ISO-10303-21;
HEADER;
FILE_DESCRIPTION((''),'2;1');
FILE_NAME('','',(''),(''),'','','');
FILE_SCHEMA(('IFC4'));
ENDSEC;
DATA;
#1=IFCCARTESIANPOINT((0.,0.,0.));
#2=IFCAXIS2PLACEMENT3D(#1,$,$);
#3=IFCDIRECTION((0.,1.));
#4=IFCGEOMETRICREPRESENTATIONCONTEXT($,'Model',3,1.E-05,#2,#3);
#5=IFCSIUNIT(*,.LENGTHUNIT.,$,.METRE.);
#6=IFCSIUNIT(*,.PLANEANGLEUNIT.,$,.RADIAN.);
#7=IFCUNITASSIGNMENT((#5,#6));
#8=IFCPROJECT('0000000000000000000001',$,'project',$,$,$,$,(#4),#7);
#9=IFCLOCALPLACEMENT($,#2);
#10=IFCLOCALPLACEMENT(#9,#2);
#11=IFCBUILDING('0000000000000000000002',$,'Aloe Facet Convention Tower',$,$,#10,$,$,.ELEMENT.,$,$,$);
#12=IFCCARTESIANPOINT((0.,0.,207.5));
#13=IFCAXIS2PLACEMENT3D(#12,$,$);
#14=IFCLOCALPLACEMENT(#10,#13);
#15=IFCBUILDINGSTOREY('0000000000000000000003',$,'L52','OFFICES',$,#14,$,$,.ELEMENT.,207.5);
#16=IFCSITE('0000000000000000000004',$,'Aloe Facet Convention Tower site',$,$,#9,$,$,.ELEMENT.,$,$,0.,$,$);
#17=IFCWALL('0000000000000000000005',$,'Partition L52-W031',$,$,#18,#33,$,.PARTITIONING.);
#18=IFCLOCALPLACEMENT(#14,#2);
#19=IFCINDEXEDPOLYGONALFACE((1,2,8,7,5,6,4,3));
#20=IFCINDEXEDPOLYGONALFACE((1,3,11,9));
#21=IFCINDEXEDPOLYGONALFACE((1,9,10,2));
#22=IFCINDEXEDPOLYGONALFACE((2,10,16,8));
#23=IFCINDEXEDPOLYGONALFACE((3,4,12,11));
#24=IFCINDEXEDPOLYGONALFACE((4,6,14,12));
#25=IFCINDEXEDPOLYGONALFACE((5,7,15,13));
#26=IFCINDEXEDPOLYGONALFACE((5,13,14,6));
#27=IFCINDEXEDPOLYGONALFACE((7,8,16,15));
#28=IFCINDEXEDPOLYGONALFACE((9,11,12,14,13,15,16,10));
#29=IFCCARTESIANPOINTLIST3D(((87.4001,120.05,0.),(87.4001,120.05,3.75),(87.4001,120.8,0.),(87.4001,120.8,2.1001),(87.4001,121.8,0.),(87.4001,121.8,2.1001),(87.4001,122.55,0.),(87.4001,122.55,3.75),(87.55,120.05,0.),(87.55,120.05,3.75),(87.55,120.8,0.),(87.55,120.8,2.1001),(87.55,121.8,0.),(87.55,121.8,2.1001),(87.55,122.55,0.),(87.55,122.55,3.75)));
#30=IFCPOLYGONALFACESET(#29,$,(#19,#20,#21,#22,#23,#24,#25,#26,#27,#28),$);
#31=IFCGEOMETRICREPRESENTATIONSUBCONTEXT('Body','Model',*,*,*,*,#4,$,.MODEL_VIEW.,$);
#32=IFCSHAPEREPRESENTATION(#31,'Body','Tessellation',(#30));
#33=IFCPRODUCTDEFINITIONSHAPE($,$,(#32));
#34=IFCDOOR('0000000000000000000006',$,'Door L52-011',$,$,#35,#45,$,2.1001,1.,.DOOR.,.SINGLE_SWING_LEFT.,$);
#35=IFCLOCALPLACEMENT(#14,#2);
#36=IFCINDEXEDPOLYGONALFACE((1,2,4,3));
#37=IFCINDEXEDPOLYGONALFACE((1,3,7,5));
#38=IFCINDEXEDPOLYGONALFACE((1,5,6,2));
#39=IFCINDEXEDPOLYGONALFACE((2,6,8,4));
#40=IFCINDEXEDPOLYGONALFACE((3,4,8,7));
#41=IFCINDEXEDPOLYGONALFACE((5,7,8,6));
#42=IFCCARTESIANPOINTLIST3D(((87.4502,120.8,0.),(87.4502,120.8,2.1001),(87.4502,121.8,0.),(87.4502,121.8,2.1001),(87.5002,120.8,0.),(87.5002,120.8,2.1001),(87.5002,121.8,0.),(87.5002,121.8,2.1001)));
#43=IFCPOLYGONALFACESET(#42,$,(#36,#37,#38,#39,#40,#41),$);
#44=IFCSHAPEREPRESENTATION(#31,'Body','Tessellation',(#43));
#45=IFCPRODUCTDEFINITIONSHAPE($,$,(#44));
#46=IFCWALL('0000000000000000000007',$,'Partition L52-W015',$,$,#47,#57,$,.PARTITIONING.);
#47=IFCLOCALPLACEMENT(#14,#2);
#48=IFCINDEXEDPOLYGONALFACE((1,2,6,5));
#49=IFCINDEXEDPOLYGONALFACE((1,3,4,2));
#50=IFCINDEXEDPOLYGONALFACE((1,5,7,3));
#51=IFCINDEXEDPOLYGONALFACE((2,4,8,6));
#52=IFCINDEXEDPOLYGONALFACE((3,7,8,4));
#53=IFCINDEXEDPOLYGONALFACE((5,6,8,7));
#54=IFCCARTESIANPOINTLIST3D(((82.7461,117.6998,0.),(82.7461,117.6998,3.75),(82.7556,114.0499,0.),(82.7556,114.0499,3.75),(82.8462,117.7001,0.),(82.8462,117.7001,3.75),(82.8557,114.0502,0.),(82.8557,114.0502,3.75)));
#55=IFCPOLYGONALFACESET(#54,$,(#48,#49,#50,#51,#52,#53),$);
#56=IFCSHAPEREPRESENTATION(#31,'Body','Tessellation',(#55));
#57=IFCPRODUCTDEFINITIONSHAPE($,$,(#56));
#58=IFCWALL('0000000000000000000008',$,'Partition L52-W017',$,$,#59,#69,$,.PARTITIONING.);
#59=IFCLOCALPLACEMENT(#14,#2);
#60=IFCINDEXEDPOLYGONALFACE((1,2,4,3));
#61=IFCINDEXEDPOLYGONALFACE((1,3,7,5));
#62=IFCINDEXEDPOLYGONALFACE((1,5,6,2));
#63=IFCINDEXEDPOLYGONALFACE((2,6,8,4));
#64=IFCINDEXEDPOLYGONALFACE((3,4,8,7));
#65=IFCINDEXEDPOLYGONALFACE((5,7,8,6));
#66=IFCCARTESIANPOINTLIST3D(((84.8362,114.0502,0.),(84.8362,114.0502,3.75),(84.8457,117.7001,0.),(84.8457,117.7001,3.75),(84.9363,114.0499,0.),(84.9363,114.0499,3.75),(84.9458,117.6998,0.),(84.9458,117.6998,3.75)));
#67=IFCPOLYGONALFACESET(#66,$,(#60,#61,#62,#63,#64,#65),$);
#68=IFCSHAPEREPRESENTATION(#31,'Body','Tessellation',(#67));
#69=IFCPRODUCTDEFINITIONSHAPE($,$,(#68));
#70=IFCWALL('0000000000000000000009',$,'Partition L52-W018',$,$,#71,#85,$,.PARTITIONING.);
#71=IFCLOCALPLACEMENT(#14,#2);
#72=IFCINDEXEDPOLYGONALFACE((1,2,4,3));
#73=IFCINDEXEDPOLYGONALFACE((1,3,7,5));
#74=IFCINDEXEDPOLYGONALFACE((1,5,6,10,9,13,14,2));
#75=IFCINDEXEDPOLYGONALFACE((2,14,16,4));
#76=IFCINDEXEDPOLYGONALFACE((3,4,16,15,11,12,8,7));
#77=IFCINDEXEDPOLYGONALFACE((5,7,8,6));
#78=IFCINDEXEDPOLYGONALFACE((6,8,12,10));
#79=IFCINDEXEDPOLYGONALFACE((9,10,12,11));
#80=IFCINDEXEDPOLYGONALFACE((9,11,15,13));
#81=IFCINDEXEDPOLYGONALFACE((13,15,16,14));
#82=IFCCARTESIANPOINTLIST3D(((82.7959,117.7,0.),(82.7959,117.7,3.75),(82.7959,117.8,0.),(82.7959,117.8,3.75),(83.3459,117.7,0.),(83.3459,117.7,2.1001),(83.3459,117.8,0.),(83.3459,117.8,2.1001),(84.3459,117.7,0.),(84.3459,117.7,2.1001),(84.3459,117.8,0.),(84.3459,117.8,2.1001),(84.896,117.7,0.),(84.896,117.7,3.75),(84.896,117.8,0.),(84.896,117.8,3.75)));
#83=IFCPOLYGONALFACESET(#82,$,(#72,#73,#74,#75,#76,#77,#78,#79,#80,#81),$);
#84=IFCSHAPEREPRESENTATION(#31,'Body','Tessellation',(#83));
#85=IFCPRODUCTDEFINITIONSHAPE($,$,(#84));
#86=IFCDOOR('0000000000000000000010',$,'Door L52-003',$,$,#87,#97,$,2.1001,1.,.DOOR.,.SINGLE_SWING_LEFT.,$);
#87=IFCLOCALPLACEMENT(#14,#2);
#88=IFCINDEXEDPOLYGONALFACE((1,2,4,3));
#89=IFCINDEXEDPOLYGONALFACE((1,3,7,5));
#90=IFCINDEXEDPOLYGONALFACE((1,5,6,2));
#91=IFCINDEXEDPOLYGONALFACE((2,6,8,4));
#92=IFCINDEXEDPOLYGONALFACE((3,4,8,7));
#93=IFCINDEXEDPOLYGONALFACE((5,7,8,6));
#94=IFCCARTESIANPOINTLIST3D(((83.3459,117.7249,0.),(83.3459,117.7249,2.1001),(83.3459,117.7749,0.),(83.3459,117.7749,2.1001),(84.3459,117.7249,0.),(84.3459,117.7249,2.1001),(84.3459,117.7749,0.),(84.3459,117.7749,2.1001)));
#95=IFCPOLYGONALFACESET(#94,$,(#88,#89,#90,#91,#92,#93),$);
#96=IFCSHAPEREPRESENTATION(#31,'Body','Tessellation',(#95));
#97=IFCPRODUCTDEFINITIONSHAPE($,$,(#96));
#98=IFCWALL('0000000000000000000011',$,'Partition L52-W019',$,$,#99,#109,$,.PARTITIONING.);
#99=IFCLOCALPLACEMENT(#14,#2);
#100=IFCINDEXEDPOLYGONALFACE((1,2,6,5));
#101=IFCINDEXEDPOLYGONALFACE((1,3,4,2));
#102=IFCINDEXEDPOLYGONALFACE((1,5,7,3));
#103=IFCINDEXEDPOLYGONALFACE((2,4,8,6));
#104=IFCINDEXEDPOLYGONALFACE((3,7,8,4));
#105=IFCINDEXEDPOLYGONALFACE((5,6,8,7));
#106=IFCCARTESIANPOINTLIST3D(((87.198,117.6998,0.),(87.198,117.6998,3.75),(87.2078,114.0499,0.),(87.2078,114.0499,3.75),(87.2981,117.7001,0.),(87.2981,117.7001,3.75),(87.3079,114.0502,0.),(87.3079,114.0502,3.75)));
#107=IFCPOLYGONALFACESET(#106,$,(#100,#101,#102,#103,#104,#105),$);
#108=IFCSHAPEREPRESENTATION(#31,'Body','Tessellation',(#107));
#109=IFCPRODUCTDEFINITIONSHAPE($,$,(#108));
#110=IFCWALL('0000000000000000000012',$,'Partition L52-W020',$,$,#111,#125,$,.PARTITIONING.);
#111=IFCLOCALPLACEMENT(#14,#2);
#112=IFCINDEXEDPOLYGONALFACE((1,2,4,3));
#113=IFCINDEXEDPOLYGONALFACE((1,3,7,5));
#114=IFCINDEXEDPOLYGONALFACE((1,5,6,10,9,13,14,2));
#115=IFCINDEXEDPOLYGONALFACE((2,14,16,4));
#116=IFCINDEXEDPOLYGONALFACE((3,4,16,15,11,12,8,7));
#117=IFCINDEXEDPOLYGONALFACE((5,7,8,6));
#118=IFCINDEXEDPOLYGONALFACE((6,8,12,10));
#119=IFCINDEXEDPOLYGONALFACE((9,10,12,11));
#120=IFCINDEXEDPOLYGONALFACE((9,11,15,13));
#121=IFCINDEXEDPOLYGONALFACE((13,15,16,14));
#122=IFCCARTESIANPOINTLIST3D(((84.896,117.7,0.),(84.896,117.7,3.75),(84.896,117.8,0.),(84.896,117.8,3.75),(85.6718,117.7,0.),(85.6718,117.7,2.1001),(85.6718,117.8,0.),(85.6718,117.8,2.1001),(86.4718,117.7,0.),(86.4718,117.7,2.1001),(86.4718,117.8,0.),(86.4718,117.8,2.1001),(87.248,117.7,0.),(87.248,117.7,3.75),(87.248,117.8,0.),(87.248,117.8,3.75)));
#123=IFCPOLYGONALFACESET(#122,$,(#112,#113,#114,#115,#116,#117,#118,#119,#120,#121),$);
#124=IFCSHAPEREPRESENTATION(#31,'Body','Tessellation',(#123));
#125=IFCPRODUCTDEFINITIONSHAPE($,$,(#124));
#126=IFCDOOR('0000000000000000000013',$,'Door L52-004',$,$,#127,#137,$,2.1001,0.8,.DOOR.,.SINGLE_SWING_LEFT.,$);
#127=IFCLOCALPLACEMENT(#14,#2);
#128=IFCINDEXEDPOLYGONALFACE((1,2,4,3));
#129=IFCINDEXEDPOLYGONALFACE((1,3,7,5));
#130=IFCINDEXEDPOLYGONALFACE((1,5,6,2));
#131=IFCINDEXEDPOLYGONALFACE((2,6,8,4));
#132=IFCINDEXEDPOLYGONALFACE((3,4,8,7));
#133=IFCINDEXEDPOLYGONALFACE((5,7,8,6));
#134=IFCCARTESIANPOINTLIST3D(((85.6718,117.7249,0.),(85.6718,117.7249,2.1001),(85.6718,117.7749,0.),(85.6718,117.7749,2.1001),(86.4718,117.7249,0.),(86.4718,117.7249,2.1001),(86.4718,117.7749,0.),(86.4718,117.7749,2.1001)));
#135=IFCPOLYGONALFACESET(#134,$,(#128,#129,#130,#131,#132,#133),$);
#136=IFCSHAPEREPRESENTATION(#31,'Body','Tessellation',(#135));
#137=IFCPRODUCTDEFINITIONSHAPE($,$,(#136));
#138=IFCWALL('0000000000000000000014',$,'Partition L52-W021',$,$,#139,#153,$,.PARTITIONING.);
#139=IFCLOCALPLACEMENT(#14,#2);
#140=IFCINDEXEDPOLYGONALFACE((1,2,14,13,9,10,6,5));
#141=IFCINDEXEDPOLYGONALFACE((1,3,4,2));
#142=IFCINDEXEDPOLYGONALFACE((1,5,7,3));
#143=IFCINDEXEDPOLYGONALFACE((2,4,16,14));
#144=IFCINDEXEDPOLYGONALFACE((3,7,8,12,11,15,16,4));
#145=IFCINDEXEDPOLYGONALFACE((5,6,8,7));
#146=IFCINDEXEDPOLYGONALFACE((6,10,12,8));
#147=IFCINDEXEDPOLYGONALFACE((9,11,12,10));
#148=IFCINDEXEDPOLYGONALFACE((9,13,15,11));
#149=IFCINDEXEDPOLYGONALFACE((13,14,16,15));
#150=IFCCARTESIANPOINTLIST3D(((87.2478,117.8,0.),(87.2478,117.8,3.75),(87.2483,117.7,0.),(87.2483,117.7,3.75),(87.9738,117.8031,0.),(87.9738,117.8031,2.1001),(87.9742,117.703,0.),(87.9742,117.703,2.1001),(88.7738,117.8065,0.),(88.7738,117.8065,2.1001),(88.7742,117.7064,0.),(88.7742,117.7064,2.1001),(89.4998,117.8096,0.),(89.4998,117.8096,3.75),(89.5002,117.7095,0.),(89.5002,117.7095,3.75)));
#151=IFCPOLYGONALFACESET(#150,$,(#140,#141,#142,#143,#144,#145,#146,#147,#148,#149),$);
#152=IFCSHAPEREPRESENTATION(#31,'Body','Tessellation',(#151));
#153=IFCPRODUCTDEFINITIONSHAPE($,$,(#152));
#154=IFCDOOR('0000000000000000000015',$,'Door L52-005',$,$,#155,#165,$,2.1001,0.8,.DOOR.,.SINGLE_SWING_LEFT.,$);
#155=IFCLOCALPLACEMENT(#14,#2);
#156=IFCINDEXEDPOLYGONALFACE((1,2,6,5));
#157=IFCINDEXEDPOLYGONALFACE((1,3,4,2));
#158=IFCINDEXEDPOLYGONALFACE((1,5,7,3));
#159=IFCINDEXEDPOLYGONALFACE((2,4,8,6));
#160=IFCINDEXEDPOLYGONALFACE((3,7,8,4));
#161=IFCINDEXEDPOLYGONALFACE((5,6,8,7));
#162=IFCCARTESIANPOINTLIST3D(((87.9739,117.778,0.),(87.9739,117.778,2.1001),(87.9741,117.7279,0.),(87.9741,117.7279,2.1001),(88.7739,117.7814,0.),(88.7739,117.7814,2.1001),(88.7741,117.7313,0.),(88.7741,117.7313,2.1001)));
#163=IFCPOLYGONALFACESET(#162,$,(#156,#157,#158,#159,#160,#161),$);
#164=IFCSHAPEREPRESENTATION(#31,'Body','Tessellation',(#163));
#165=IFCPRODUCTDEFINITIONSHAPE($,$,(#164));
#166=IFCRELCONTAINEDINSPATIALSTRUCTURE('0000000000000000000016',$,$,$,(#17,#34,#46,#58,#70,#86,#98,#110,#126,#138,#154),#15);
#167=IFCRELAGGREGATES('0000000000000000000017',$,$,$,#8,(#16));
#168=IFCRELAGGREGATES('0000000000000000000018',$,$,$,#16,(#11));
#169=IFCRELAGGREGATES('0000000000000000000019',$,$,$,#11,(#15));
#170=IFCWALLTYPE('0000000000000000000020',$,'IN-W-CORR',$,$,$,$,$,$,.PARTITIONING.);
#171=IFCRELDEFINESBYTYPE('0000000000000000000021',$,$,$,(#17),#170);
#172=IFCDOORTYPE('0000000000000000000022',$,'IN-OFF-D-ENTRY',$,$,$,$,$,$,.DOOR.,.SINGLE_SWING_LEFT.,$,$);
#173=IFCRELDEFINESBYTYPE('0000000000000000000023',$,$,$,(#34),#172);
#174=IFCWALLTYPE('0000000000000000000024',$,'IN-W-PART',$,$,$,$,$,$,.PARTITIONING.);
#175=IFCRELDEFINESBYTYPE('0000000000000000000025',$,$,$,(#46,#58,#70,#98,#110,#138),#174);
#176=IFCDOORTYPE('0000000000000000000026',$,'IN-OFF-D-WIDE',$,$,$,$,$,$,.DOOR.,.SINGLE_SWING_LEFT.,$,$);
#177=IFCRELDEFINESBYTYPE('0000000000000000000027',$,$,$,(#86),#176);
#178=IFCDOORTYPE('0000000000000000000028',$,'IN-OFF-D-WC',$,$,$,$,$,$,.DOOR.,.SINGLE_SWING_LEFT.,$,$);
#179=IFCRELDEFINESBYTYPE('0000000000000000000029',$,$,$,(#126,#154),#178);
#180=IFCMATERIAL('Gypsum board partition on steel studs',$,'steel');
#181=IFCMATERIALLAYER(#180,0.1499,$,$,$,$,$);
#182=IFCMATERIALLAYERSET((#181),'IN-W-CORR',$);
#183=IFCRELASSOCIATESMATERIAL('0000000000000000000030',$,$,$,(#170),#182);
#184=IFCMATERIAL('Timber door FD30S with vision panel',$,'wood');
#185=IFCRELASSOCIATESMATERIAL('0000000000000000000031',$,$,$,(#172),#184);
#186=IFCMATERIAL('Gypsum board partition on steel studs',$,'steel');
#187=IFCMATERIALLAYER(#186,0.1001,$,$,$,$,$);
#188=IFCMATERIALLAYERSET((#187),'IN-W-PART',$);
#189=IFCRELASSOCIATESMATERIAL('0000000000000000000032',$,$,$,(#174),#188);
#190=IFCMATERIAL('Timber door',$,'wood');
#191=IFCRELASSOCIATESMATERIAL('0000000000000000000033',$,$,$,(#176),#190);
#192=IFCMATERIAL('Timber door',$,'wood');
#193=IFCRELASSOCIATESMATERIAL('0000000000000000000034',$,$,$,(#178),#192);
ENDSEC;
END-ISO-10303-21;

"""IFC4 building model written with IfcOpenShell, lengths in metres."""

from ifc_helpers import new_model, si_unit, direction, frame, frame_2d, origin, place, context, subcontext, project, spatial, rectangle, extrude, material, layer, layer_set, type_object, element, fill, save


model = new_model("IFC4")

# Units and contexts
model_context = context("Model", 3, precision=1e-05, world=origin(), true_north=direction((0.0, 1.0)))
body_context = subcontext(model_context, "Body", "Model", "MODEL_VIEW")
ifc_project = project(units=[si_unit("LENGTHUNIT", "METRE"), si_unit("PLANEANGLEUNIT", "RADIAN")], contexts=[model_context])

# Site, building, storey
site_placement = place(None, origin())
site = spatial("IfcSite", under=ifc_project, at=site_placement, Name="Aloe Facet Convention Tower site", CompositionType="ELEMENT", RefElevation=0.0)
building_placement = place(site_placement, origin())
building = spatial("IfcBuilding", under=site, at=building_placement, Name="Aloe Facet Convention Tower", CompositionType="ELEMENT")
storey_placement = place(building_placement, frame((0.0, 0.0, 207.5)))
storey = spatial("IfcBuildingStorey", under=building, at=storey_placement, Name="L52", Description="OFFICES", CompositionType="ELEMENT", Elevation=207.5)

# Wall, opening, door
ifc_material_1 = material(Name="Gypsum board partition on steel studs", Category="steel")
ifc_layer_1 = layer(ifc_material_1, 0.1499)
ifc_layer_set_1 = layer_set([ifc_layer_1], Name="IN-W-CORR")
wall_type_1 = type_object("IfcWallType", Name="IN-W-CORR", PredefinedType="PARTITIONING", material=ifc_layer_set_1)
ifc_material_2 = material(Name="Timber door FD30S with vision panel", Category="wood")
door_type_1 = type_object("IfcDoorType", Name="IN-OFF-D-ENTRY", OperationType="SINGLE_SWING_LEFT", PredefinedType="DOOR", material=ifc_material_2)
wall_1_placement = place(storey_placement, frame((87.4751, 120.05, 0.0), z_axis=(0.0, 0.0, 1.0), x_axis=(0.0, 1.0, 0.0)))
wall_1 = element("IfcWall", 1, at=wall_1_placement, inside=storey, type_object=wall_type_1, Name="Partition L52-W031", PredefinedType="PARTITIONING", context=body_context, shape_type="SweptSolid", body=[
    extrude(rectangle(XDim=2.5, YDim=0.1499, at=frame_2d((1.25, 0.0))), origin(), (0.0, 0.0, 1.0), 3.75),
])
opening_1_placement = place(wall_1_placement, frame((0.75, 0.0, 0.0)))
opening_1 = element("IfcOpeningElement", 2, at=opening_1_placement, cuts=wall_1, PredefinedType="OPENING", context=body_context, shape_type="SweptSolid", body=[
    extrude(rectangle(XDim=1.0, YDim=2.1001, at=frame_2d((0.5, 1.05))), frame((0.0, 0.085, 0.0), z_axis=(0.0, -1.0, 0.0), x_axis=(1.0, 0.0, 0.0)), (0.0, 0.0, 1.0), 0.1699),
])
door_1_placement = place(opening_1_placement, origin())
door_1 = element("IfcDoor", 3, at=door_1_placement, inside=storey, type_object=door_type_1, Name="Door L52-011", OperationType="SINGLE_SWING_LEFT", OverallHeight=2.1001, OverallWidth=1.0, PredefinedType="DOOR", context=body_context, shape_type="SweptSolid", body=[
    extrude(rectangle(XDim=1.0, YDim=2.1001, at=frame_2d((0.5, 1.05))), frame((0.0, 0.0249, 0.0), z_axis=(0.0, -1.0, 0.0), x_axis=(1.0, 0.0, 0.0)), (0.0, 0.0, 1.0), 0.05),
])
fill(opening_1, door_1)

# Walls
ifc_material_3 = material(Name="Gypsum board partition on steel studs", Category="steel")
ifc_layer_2 = layer(ifc_material_3, 0.1001)
ifc_layer_set_2 = layer_set([ifc_layer_2], Name="IN-W-PART")
wall_type_2 = type_object("IfcWallType", Name="IN-W-PART", PredefinedType="PARTITIONING", material=ifc_layer_set_2)
for number, where, z_axis, x_axis, name in (
    (4, (82.8057, 114.05, 0.0), (0.0, 0.0, 1.0), (-0.002609, 0.999997, 0.0), "Partition L52-W015"),
    (5, (84.8862, 114.05, 0.0), (0.0, 0.0, 1.0), (0.002609, 0.999997, 0.0), "Partition L52-W017"),
):
    element("IfcWall", number, at=place(storey_placement, frame(where, z_axis=z_axis, x_axis=x_axis)), inside=storey, type_object=wall_type_2, Name=name, PredefinedType="PARTITIONING", context=body_context, shape_type="SweptSolid", body=[
        extrude(rectangle(XDim=3.6499, YDim=0.1001, at=frame_2d((1.825, 0.0))), origin(), (0.0, 0.0, 1.0), 3.75),
    ])

# Wall, opening, door
wall_2_placement = place(storey_placement, frame((82.7959, 117.75, 0.0), z_axis=(0.0, 0.0, 1.0), x_axis=(1.0, 0.0, 0.0)))
wall_2 = element("IfcWall", 6, at=wall_2_placement, inside=storey, type_object=wall_type_2, Name="Partition L52-W018", PredefinedType="PARTITIONING", context=body_context, shape_type="SweptSolid", body=[
    extrude(rectangle(XDim=2.1001, YDim=0.1001, at=frame_2d((1.05, 0.0))), origin(), (0.0, 0.0, 1.0), 3.75),
])
opening_2_placement = place(wall_2_placement, frame((0.55, 0.0, 0.0)))
opening_2 = element("IfcOpeningElement", 7, at=opening_2_placement, cuts=wall_2, PredefinedType="OPENING", context=body_context, shape_type="SweptSolid", body=[
    extrude(rectangle(XDim=1.0, YDim=2.1001, at=frame_2d((0.5, 1.05))), frame((0.0, 0.0601, 0.0), z_axis=(0.0, -1.0, 0.0), x_axis=(1.0, 0.0, 0.0)), (0.0, 0.0, 1.0), 0.1201),
])
ifc_material_4 = material(Name="Timber door", Category="wood")
door_type_2 = type_object("IfcDoorType", Name="IN-OFF-D-WIDE", OperationType="SINGLE_SWING_LEFT", PredefinedType="DOOR", material=ifc_material_4)
door_2_placement = place(opening_2_placement, origin())
door_2 = element("IfcDoor", 8, at=door_2_placement, inside=storey, type_object=door_type_2, Name="Door L52-003", OperationType="SINGLE_SWING_LEFT", OverallHeight=2.1001, OverallWidth=1.0, PredefinedType="DOOR", context=body_context, shape_type="SweptSolid", body=[
    extrude(rectangle(XDim=1.0, YDim=2.1001, at=frame_2d((0.5, 1.05))), frame((0.0, 0.0249, 0.0), z_axis=(0.0, -1.0, 0.0), x_axis=(1.0, 0.0, 0.0)), (0.0, 0.0, 1.0), 0.05),
])
fill(opening_2, door_2)

# Wall
wall_3_placement = place(storey_placement, frame((87.2578, 114.05, 0.0), z_axis=(0.0, 0.0, 1.0), x_axis=(-0.002676, 0.999996, 0.0)))
element("IfcWall", 9, at=wall_3_placement, inside=storey, type_object=wall_type_2, Name="Partition L52-W019", PredefinedType="PARTITIONING", context=body_context, shape_type="SweptSolid", body=[
    extrude(rectangle(XDim=3.6499, YDim=0.1001, at=frame_2d((1.825, 0.0))), origin(), (0.0, 0.0, 1.0), 3.75),
])

# Walls, openings, doors
wall_4_placement = place(storey_placement, frame((84.896, 117.75, 0.0), z_axis=(0.0, 0.0, 1.0), x_axis=(1.0, 0.0, 0.0)))
wall_4 = element("IfcWall", 10, at=wall_4_placement, inside=storey, type_object=wall_type_2, Name="Partition L52-W020", PredefinedType="PARTITIONING", context=body_context, shape_type="SweptSolid", body=[
    extrude(rectangle(XDim=2.3521, YDim=0.1001, at=frame_2d((1.176, 0.0))), origin(), (0.0, 0.0, 1.0), 3.75),
])
opening_3_placement = place(wall_4_placement, frame((0.7759, 0.0, 0.0)))
opening_3 = element("IfcOpeningElement", 11, at=opening_3_placement, cuts=wall_4, PredefinedType="OPENING", context=body_context, shape_type="SweptSolid", body=[
    extrude(rectangle(XDim=0.8, YDim=2.1001, at=frame_2d((0.3999, 1.05))), frame((0.0, 0.0601, 0.0), z_axis=(0.0, -1.0, 0.0), x_axis=(1.0, 0.0, 0.0)), (0.0, 0.0, 1.0), 0.1201),
])
ifc_material_5 = material(Name="Timber door", Category="wood")
door_type_3 = type_object("IfcDoorType", Name="IN-OFF-D-WC", OperationType="SINGLE_SWING_LEFT", PredefinedType="DOOR", material=ifc_material_5)
door_3_placement = place(opening_3_placement, origin())
door_3 = element("IfcDoor", 12, at=door_3_placement, inside=storey, type_object=door_type_3, Name="Door L52-004", OperationType="SINGLE_SWING_LEFT", OverallHeight=2.1001, OverallWidth=0.8, PredefinedType="DOOR", context=body_context, shape_type="SweptSolid", body=[
    extrude(rectangle(XDim=0.8, YDim=2.1001, at=frame_2d((0.3999, 1.05))), frame((0.0, 0.0249, 0.0), z_axis=(0.0, -1.0, 0.0), x_axis=(1.0, 0.0, 0.0)), (0.0, 0.0, 1.0), 0.05),
])
fill(opening_3, door_3)
wall_5_placement = place(storey_placement, frame((87.248, 117.75, 0.0), z_axis=(0.0, 0.0, 1.0), x_axis=(0.999991, 0.004228, 0.0)))
wall_5 = element("IfcWall", 13, at=wall_5_placement, inside=storey, type_object=wall_type_2, Name="Partition L52-W021", PredefinedType="PARTITIONING", context=body_context, shape_type="SweptSolid", body=[
    extrude(rectangle(XDim=2.252, YDim=0.1001, at=frame_2d((1.126, 0.0))), origin(), (0.0, 0.0, 1.0), 3.75),
])
opening_4_placement = place(wall_5_placement, frame((0.7261, 0.0, 0.0)))
opening_4 = element("IfcOpeningElement", 14, at=opening_4_placement, cuts=wall_5, PredefinedType="OPENING", context=body_context, shape_type="SweptSolid", body=[
    extrude(rectangle(XDim=0.8, YDim=2.1001, at=frame_2d((0.3999, 1.05))), frame((0.0, 0.0601, 0.0), z_axis=(0.0, -1.0, 0.0), x_axis=(1.0, 0.0, 0.0)), (0.0, 0.0, 1.0), 0.1201),
])
door_4_placement = place(opening_4_placement, origin())
door_4 = element("IfcDoor", 15, at=door_4_placement, inside=storey, type_object=door_type_3, Name="Door L52-005", OperationType="SINGLE_SWING_LEFT", OverallHeight=2.1001, OverallWidth=0.8, PredefinedType="DOOR", context=body_context, shape_type="SweptSolid", body=[
    extrude(rectangle(XDim=0.8, YDim=2.1001, at=frame_2d((0.3999, 1.05))), frame((0.0, 0.0249, 0.0), z_axis=(0.0, -1.0, 0.0), x_axis=(1.0, 0.0, 0.0)), (0.0, 0.0, 1.0), 0.05),
])
fill(opening_4, door_4)

save(model, "model.ifc")
